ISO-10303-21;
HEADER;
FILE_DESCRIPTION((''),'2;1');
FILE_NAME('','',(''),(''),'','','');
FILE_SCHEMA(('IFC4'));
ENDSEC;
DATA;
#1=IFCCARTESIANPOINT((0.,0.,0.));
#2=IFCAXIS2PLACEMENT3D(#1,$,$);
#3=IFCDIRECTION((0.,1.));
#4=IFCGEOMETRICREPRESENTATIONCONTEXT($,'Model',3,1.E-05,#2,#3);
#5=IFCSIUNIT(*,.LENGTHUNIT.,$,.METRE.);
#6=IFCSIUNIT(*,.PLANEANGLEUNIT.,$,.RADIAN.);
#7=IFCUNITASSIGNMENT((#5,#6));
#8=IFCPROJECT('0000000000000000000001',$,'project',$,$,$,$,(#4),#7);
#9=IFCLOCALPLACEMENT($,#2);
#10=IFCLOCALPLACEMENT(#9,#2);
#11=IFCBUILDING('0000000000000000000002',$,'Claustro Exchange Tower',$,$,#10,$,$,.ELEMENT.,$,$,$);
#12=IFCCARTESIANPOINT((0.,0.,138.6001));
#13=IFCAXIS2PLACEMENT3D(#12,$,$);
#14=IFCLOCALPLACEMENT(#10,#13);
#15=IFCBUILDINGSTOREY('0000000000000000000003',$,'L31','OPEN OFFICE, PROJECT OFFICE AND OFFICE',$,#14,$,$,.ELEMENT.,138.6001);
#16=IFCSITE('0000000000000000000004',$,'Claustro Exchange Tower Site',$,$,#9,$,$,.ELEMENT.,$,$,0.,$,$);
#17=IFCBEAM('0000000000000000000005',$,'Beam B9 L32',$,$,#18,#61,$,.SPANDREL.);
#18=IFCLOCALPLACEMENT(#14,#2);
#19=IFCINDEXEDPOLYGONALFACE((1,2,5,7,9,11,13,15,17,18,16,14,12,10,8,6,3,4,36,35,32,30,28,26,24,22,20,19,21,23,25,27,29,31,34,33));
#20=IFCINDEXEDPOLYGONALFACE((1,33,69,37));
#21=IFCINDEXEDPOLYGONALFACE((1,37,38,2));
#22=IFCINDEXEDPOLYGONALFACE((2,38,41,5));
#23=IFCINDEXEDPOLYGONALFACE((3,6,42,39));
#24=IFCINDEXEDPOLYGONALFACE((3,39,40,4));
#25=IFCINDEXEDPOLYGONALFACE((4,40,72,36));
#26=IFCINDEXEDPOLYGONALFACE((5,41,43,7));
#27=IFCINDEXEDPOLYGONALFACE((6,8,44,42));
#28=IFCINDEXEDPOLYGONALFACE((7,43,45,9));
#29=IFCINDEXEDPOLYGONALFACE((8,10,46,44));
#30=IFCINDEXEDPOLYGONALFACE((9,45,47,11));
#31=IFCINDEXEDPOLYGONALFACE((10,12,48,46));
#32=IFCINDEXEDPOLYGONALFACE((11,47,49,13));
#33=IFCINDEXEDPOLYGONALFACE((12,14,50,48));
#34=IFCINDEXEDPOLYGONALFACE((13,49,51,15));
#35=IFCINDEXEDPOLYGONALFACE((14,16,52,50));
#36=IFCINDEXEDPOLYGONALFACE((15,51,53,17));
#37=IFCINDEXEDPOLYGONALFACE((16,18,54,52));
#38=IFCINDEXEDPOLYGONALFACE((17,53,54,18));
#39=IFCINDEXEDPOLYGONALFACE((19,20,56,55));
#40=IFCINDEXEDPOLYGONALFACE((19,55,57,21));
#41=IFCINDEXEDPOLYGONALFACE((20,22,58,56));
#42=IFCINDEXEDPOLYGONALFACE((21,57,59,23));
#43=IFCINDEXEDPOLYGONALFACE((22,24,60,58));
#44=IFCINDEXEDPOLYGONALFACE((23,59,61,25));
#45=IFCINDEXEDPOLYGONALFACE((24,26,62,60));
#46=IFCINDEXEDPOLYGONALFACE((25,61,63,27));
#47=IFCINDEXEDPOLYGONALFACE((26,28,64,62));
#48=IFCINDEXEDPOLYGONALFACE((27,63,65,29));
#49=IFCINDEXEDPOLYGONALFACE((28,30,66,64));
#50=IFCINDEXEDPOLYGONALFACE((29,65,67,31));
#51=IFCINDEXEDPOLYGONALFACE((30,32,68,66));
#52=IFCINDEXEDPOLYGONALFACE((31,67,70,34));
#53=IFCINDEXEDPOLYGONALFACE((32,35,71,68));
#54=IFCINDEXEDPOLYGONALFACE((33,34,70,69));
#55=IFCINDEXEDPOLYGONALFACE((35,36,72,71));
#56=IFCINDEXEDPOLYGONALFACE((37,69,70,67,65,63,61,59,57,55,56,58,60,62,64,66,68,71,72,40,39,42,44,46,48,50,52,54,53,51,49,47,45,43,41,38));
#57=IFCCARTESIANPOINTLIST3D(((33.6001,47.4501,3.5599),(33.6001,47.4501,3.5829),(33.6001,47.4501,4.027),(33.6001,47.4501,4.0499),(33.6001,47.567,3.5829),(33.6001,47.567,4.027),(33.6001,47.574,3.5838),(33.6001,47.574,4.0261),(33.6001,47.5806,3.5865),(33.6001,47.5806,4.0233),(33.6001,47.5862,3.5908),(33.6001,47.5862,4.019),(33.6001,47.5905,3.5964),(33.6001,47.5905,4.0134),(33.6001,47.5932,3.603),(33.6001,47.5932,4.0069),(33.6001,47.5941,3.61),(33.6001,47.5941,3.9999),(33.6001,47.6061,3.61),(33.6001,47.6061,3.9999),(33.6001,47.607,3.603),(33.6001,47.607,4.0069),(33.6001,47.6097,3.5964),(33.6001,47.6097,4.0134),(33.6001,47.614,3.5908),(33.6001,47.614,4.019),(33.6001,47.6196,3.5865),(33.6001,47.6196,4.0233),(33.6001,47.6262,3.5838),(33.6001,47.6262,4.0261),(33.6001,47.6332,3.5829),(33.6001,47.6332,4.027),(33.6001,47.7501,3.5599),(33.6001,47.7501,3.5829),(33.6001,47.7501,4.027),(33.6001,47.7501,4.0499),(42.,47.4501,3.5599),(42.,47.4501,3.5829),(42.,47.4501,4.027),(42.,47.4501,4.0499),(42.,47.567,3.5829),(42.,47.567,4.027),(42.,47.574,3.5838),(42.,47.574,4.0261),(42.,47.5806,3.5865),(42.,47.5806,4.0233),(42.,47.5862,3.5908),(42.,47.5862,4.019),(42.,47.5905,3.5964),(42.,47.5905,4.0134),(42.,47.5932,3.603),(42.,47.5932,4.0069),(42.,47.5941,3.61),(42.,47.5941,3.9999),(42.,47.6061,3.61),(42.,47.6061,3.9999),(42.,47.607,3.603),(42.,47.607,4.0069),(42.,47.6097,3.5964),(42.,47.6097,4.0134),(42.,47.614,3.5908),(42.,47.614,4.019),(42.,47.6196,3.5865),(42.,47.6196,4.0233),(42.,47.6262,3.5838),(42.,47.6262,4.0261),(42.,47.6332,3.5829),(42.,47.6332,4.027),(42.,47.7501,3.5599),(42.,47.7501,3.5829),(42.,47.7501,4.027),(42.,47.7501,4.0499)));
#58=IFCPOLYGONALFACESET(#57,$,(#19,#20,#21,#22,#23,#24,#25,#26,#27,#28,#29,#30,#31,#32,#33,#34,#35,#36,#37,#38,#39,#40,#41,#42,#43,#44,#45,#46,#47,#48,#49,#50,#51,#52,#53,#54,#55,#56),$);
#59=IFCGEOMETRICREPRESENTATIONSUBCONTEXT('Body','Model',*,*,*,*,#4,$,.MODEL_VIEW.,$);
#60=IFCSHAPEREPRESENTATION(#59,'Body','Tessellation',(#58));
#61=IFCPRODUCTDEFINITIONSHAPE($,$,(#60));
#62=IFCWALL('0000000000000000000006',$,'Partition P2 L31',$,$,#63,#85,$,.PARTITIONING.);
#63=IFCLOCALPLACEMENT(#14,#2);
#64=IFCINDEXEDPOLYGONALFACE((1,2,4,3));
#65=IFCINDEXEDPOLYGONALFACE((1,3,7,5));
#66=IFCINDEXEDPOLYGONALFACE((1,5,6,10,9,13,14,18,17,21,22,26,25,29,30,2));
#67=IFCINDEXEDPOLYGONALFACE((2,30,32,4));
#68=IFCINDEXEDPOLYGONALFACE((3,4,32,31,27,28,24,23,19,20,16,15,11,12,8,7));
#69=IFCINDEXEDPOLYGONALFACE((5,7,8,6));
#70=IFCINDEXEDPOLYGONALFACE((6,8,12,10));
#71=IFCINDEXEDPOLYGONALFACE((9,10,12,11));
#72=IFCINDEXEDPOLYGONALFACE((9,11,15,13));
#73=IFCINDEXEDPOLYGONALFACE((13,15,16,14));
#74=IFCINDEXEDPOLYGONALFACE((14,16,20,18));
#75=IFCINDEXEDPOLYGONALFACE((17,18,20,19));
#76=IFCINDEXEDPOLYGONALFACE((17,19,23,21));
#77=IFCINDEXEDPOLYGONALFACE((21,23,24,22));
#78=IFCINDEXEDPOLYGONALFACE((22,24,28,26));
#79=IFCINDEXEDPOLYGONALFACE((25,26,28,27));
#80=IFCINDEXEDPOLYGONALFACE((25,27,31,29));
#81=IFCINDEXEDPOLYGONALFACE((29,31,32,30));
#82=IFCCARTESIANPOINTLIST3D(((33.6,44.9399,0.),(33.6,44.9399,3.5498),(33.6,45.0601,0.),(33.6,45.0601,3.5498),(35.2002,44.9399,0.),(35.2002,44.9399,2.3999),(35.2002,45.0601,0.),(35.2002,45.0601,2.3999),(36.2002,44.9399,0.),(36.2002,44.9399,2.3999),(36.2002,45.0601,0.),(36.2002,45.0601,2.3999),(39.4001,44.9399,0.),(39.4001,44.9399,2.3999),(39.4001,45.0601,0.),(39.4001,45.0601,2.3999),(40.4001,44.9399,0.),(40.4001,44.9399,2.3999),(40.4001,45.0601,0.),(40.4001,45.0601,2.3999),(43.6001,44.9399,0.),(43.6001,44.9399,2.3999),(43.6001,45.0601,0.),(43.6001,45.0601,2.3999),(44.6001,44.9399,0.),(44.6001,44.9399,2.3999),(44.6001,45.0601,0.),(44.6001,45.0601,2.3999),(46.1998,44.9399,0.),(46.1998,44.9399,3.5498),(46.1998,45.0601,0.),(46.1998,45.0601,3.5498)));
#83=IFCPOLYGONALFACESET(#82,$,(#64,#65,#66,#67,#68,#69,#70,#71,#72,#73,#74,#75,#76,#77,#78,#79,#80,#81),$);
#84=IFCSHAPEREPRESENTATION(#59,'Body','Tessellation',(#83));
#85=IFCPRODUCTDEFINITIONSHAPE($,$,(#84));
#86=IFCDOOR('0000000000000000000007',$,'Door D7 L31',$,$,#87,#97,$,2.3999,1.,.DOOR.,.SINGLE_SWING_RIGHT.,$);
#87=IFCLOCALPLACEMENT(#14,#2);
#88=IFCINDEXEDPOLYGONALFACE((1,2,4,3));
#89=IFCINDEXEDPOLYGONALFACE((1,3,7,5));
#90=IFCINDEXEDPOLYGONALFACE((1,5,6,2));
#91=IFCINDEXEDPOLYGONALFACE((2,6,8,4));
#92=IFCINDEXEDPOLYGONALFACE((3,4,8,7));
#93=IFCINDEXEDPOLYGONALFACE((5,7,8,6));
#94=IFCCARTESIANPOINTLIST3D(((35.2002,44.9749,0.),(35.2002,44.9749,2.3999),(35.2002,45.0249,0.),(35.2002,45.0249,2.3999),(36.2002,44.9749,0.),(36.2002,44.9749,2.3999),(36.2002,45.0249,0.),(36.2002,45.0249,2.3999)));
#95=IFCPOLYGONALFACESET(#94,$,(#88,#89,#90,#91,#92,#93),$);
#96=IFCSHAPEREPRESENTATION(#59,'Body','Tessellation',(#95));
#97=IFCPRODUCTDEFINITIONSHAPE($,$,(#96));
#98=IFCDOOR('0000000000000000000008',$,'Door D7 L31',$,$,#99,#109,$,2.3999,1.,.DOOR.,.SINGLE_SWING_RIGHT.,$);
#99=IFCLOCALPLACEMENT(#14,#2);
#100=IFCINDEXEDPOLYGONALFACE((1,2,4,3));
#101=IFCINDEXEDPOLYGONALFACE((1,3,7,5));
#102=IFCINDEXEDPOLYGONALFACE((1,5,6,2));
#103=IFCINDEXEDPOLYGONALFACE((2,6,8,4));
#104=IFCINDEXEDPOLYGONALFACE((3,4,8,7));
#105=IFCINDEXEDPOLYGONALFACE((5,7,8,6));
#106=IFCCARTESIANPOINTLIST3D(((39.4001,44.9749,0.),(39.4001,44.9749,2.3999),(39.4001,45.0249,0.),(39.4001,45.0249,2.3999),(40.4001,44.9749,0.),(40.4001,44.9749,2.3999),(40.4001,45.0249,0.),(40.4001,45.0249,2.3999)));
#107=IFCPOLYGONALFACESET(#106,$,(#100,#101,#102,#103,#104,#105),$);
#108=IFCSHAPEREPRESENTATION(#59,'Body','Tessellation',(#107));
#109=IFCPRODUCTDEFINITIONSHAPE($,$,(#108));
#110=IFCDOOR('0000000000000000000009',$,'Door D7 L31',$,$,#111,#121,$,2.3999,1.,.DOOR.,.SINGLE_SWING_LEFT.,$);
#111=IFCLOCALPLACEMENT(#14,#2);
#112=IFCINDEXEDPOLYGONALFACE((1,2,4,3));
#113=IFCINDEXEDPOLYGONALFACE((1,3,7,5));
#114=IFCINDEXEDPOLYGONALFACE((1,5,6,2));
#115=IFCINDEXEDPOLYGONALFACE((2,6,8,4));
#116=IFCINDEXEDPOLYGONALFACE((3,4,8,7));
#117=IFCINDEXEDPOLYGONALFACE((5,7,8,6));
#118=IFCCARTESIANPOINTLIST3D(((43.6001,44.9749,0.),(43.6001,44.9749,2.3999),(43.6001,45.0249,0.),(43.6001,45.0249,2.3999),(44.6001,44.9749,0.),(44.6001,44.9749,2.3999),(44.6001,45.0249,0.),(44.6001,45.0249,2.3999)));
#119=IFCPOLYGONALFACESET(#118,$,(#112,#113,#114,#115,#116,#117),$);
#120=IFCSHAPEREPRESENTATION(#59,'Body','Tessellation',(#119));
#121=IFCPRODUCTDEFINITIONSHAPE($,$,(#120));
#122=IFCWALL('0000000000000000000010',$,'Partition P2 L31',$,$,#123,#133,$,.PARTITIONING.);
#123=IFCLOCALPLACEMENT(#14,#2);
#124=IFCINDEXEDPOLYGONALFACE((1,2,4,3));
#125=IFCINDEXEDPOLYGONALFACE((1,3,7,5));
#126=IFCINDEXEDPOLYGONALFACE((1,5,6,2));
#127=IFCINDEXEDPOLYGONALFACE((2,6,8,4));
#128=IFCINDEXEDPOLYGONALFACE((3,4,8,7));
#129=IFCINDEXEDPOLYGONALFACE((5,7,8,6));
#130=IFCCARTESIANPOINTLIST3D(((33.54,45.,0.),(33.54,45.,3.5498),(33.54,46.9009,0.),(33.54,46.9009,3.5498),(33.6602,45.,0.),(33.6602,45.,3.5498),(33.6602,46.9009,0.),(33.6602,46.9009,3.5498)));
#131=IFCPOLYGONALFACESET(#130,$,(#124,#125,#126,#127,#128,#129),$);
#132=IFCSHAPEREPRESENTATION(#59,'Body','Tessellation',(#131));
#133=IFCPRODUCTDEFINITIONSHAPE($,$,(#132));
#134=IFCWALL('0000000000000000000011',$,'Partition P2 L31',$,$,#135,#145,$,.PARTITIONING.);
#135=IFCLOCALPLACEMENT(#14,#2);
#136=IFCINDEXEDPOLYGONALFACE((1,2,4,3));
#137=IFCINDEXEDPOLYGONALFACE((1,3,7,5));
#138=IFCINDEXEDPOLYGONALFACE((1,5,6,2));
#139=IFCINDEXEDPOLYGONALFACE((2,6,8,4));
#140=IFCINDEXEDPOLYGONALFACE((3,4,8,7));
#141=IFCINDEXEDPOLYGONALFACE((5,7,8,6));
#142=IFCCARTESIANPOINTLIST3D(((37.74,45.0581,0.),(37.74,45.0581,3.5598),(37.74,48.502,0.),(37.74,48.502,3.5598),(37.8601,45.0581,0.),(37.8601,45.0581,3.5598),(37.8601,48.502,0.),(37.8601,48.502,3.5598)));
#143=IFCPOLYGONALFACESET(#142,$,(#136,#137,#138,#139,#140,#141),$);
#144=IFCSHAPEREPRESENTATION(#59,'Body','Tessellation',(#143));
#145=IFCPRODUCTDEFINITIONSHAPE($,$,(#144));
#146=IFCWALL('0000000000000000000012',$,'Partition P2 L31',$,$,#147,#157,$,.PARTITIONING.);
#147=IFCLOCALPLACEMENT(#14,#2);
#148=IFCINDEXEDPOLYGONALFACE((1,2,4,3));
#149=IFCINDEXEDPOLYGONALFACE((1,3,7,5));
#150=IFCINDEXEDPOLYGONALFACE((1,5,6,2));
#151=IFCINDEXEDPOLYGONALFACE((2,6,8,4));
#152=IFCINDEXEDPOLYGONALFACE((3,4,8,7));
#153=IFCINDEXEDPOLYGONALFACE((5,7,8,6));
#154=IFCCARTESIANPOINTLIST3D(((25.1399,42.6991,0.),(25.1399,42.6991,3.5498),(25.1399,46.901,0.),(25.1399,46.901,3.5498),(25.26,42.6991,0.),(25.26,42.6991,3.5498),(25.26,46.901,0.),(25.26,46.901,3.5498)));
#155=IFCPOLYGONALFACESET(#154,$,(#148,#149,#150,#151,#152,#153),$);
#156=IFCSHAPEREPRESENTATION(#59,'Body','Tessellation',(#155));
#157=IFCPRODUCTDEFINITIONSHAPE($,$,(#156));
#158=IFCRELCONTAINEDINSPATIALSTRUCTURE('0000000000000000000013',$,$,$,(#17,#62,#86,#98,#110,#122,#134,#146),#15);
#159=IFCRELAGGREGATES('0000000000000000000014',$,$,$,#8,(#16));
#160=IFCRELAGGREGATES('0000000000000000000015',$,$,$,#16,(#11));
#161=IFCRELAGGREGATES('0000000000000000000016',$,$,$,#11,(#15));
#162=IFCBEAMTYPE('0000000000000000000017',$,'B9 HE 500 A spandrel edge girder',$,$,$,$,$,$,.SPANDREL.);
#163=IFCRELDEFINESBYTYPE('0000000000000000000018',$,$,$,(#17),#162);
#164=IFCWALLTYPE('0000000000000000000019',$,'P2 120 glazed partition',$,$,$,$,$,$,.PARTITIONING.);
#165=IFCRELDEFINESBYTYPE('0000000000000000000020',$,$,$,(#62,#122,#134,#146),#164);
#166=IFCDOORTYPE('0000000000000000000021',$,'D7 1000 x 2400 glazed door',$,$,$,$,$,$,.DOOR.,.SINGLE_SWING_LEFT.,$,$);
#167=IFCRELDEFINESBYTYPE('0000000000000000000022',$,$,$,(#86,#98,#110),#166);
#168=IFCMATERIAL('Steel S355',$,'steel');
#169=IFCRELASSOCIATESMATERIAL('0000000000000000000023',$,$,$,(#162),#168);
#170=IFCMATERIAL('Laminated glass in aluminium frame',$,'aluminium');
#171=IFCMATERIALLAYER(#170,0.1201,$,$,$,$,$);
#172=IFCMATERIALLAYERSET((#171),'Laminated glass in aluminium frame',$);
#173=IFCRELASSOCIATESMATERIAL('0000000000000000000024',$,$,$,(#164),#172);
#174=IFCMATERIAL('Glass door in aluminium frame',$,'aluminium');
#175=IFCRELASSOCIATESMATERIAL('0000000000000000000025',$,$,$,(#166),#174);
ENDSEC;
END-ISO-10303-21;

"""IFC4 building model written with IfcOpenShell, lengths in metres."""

from ifc_helpers import new_model, si_unit, direction, frame, frame_2d, origin, origin_2d, place, context, subcontext, project, spatial, rectangle, i_section, extrude, material, layer, layer_set, material_profile, profile_set, type_object, element, fill, save


model = new_model("IFC4")

# Units and contexts
model_context = context("Model", 3, precision=1e-05, world=origin(), true_north=direction((0.0, 1.0)))
body_context = subcontext(model_context, "Body", "Model", "MODEL_VIEW")
ifc_project = project(units=[si_unit("LENGTHUNIT", "METRE"), si_unit("PLANEANGLEUNIT", "RADIAN")], contexts=[model_context])

# Site, building, storey
site_placement = place(None, origin())
site = spatial("IfcSite", under=ifc_project, at=site_placement, Name="Claustro Exchange Tower Site", CompositionType="ELEMENT", RefElevation=0.0)
building_placement = place(site_placement, origin())
building = spatial("IfcBuilding", under=site, at=building_placement, Name="Claustro Exchange Tower", CompositionType="ELEMENT")
storey_placement = place(building_placement, frame((0.0, 0.0, 138.6001)))
storey = spatial("IfcBuildingStorey", under=building, at=storey_placement, Name="L31", Description="OPEN OFFICE, PROJECT OFFICE AND OFFICE", CompositionType="ELEMENT", Elevation=138.6001)

# Beam
ifc_material_1 = material(Name="Steel S355", Category="steel")
ifc_material_profile_1 = material_profile(ifc_material_1, i_section(OverallWidth=0.3, OverallDepth=0.49, WebThickness=0.012, FlangeThickness=0.0229, FilletRadius=0.0271, at=origin_2d()), Name="HE 500 A")
ifc_profile_set_1 = profile_set([ifc_material_profile_1], Name="Steel S355")
beam_type_1 = type_object("IfcBeamType", Name="B9 HE 500 A spandrel edge girder", PredefinedType="SPANDREL", material=ifc_profile_set_1)
beam_1_placement = place(storey_placement, frame((33.6001, 47.6001, 3.8049), z_axis=(1.0, 0.0, 0.0), x_axis=(0.0, 1.0, 0.0)))
element("IfcBeam", 1, at=beam_1_placement, inside=storey, type_object=beam_type_1, Name="Beam B9 L32", PredefinedType="SPANDREL", context=body_context, shape_type="SweptSolid", body=[
    extrude(i_section(OverallWidth=0.3, OverallDepth=0.49, WebThickness=0.012, FlangeThickness=0.0229, FilletRadius=0.0271, at=origin_2d()), origin(), (0.0, 0.0, 1.0), 8.3999),
])

# Wall, openings, doors
ifc_material_2 = material(Name="Laminated glass in aluminium frame", Category="aluminium")
ifc_layer_1 = layer(ifc_material_2, 0.1201)
ifc_layer_set_1 = layer_set([ifc_layer_1], Name="Laminated glass in aluminium frame")
wall_type_1 = type_object("IfcWallType", Name="P2 120 glazed partition", PredefinedType="PARTITIONING", material=ifc_layer_set_1)
wall_1_placement = place(storey_placement, frame((33.6001, 45.0, 0.0), z_axis=(0.0, 0.0, 1.0), x_axis=(1.0, 0.0, 0.0)))
wall_1 = element("IfcWall", 2, at=wall_1_placement, inside=storey, type_object=wall_type_1, Name="Partition P2 L31", PredefinedType="PARTITIONING", context=body_context, shape_type="SweptSolid", body=[
    extrude(rectangle(XDim=12.5999, YDim=0.1201, at=frame_2d((6.2998, 0.0))), origin(), (0.0, 0.0, 1.0), 3.5498),
])
opening_1_placement = place(wall_1_placement, frame((1.6001, 0.0, 0.0)))
opening_1 = element("IfcOpeningElement", 3, at=opening_1_placement, cuts=wall_1, PredefinedType="OPENING", context=body_context, shape_type="SweptSolid", body=[
    extrude(rectangle(XDim=1.0, YDim=2.3999, at=frame_2d((0.5, 1.2))), frame((0.0, 0.0701, 0.0), z_axis=(0.0, -1.0, 0.0), x_axis=(1.0, 0.0, 0.0)), (0.0, 0.0, 1.0), 0.1401),
])
opening_2_placement = place(wall_1_placement, frame((5.8, 0.0, 0.0)))
opening_2 = element("IfcOpeningElement", 4, at=opening_2_placement, cuts=wall_1, PredefinedType="OPENING", context=body_context, shape_type="SweptSolid", body=[
    extrude(rectangle(XDim=1.0, YDim=2.3999, at=frame_2d((0.5, 1.2))), frame((0.0, 0.0701, 0.0), z_axis=(0.0, -1.0, 0.0), x_axis=(1.0, 0.0, 0.0)), (0.0, 0.0, 1.0), 0.1401),
])
opening_3_placement = place(wall_1_placement, frame((10.0, 0.0, 0.0)))
opening_3 = element("IfcOpeningElement", 5, at=opening_3_placement, cuts=wall_1, PredefinedType="OPENING", context=body_context, shape_type="SweptSolid", body=[
    extrude(rectangle(XDim=1.0, YDim=2.3999, at=frame_2d((0.5, 1.2))), frame((0.0, 0.0701, 0.0), z_axis=(0.0, -1.0, 0.0), x_axis=(1.0, 0.0, 0.0)), (0.0, 0.0, 1.0), 0.1401),
])
ifc_material_3 = material(Name="Glass door in aluminium frame", Category="aluminium")
door_type = type_object("IfcDoorType", Name="D7 1000 x 2400 glazed door", OperationType="SINGLE_SWING_LEFT", PredefinedType="DOOR", material=ifc_material_3)
door_1_placement = place(opening_1_placement, origin())
door_1 = element("IfcDoor", 6, at=door_1_placement, inside=storey, type_object=door_type, Name="Door D7 L31", OperationType="SINGLE_SWING_RIGHT", OverallHeight=2.3999, OverallWidth=1.0, PredefinedType="DOOR", context=body_context, shape_type="SweptSolid", body=[
    extrude(rectangle(XDim=1.0, YDim=2.3999, at=frame_2d((0.5, 1.2))), frame((0.0, 0.0249, 0.0), z_axis=(0.0, -1.0, 0.0), x_axis=(1.0, 0.0, 0.0)), (0.0, 0.0, 1.0), 0.05),
])
fill(opening_1, door_1)
door_2_placement = place(opening_2_placement, origin())
door_2 = element("IfcDoor", 7, at=door_2_placement, inside=storey, type_object=door_type, Name="Door D7 L31", OperationType="SINGLE_SWING_RIGHT", OverallHeight=2.3999, OverallWidth=1.0, PredefinedType="DOOR", context=body_context, shape_type="SweptSolid", body=[
    extrude(rectangle(XDim=1.0, YDim=2.3999, at=frame_2d((0.5, 1.2))), frame((0.0, 0.0249, 0.0), z_axis=(0.0, -1.0, 0.0), x_axis=(1.0, 0.0, 0.0)), (0.0, 0.0, 1.0), 0.05),
])
fill(opening_2, door_2)
door_3_placement = place(opening_3_placement, origin())
door_3 = element("IfcDoor", 8, at=door_3_placement, inside=storey, type_object=door_type, Name="Door D7 L31", OperationType="SINGLE_SWING_LEFT", OverallHeight=2.3999, OverallWidth=1.0, PredefinedType="DOOR", context=body_context, shape_type="SweptSolid", body=[
    extrude(rectangle(XDim=1.0, YDim=2.3999, at=frame_2d((0.5, 1.2))), frame((0.0, 0.0249, 0.0), z_axis=(0.0, -1.0, 0.0), x_axis=(1.0, 0.0, 0.0)), (0.0, 0.0, 1.0), 0.05),
])
fill(opening_3, door_3)

# Walls
wall_2_placement = place(storey_placement, frame((33.6001, 45.0, 0.0), z_axis=(0.0, 0.0, 1.0), x_axis=(0.0, 1.0, 0.0)))
element("IfcWall", 9, at=wall_2_placement, inside=storey, type_object=wall_type_1, Name="Partition P2 L31", PredefinedType="PARTITIONING", context=body_context, shape_type="SweptSolid", body=[
    extrude(rectangle(XDim=1.9009, YDim=0.1201, at=frame_2d((0.9504, 0.0))), origin(), (0.0, 0.0, 1.0), 3.5498),
])
wall_3_placement = place(storey_placement, frame((37.8, 45.0581, 0.0), z_axis=(0.0, 0.0, 1.0), x_axis=(0.0, 1.0, 0.0)))
element("IfcWall", 10, at=wall_3_placement, inside=storey, type_object=wall_type_1, Name="Partition P2 L31", PredefinedType="PARTITIONING", context=body_context, shape_type="SweptSolid", body=[
    extrude(rectangle(XDim=3.4438, YDim=0.1201, at=frame_2d((1.7219, 0.0))), origin(), (0.0, 0.0, 1.0), 3.5598),
])
wall_4_placement = place(storey_placement, frame((25.2, 42.699, 0.0), z_axis=(0.0, 0.0, 1.0), x_axis=(0.0, 1.0, 0.0)))
element("IfcWall", 11, at=wall_4_placement, inside=storey, type_object=wall_type_1, Name="Partition P2 L31", PredefinedType="PARTITIONING", context=body_context, shape_type="SweptSolid", body=[
    extrude(rectangle(XDim=4.2019, YDim=0.1201, at=frame_2d((2.1011, 0.0))), origin(), (0.0, 0.0, 1.0), 3.5498),
])

save(model, "model.ifc")
